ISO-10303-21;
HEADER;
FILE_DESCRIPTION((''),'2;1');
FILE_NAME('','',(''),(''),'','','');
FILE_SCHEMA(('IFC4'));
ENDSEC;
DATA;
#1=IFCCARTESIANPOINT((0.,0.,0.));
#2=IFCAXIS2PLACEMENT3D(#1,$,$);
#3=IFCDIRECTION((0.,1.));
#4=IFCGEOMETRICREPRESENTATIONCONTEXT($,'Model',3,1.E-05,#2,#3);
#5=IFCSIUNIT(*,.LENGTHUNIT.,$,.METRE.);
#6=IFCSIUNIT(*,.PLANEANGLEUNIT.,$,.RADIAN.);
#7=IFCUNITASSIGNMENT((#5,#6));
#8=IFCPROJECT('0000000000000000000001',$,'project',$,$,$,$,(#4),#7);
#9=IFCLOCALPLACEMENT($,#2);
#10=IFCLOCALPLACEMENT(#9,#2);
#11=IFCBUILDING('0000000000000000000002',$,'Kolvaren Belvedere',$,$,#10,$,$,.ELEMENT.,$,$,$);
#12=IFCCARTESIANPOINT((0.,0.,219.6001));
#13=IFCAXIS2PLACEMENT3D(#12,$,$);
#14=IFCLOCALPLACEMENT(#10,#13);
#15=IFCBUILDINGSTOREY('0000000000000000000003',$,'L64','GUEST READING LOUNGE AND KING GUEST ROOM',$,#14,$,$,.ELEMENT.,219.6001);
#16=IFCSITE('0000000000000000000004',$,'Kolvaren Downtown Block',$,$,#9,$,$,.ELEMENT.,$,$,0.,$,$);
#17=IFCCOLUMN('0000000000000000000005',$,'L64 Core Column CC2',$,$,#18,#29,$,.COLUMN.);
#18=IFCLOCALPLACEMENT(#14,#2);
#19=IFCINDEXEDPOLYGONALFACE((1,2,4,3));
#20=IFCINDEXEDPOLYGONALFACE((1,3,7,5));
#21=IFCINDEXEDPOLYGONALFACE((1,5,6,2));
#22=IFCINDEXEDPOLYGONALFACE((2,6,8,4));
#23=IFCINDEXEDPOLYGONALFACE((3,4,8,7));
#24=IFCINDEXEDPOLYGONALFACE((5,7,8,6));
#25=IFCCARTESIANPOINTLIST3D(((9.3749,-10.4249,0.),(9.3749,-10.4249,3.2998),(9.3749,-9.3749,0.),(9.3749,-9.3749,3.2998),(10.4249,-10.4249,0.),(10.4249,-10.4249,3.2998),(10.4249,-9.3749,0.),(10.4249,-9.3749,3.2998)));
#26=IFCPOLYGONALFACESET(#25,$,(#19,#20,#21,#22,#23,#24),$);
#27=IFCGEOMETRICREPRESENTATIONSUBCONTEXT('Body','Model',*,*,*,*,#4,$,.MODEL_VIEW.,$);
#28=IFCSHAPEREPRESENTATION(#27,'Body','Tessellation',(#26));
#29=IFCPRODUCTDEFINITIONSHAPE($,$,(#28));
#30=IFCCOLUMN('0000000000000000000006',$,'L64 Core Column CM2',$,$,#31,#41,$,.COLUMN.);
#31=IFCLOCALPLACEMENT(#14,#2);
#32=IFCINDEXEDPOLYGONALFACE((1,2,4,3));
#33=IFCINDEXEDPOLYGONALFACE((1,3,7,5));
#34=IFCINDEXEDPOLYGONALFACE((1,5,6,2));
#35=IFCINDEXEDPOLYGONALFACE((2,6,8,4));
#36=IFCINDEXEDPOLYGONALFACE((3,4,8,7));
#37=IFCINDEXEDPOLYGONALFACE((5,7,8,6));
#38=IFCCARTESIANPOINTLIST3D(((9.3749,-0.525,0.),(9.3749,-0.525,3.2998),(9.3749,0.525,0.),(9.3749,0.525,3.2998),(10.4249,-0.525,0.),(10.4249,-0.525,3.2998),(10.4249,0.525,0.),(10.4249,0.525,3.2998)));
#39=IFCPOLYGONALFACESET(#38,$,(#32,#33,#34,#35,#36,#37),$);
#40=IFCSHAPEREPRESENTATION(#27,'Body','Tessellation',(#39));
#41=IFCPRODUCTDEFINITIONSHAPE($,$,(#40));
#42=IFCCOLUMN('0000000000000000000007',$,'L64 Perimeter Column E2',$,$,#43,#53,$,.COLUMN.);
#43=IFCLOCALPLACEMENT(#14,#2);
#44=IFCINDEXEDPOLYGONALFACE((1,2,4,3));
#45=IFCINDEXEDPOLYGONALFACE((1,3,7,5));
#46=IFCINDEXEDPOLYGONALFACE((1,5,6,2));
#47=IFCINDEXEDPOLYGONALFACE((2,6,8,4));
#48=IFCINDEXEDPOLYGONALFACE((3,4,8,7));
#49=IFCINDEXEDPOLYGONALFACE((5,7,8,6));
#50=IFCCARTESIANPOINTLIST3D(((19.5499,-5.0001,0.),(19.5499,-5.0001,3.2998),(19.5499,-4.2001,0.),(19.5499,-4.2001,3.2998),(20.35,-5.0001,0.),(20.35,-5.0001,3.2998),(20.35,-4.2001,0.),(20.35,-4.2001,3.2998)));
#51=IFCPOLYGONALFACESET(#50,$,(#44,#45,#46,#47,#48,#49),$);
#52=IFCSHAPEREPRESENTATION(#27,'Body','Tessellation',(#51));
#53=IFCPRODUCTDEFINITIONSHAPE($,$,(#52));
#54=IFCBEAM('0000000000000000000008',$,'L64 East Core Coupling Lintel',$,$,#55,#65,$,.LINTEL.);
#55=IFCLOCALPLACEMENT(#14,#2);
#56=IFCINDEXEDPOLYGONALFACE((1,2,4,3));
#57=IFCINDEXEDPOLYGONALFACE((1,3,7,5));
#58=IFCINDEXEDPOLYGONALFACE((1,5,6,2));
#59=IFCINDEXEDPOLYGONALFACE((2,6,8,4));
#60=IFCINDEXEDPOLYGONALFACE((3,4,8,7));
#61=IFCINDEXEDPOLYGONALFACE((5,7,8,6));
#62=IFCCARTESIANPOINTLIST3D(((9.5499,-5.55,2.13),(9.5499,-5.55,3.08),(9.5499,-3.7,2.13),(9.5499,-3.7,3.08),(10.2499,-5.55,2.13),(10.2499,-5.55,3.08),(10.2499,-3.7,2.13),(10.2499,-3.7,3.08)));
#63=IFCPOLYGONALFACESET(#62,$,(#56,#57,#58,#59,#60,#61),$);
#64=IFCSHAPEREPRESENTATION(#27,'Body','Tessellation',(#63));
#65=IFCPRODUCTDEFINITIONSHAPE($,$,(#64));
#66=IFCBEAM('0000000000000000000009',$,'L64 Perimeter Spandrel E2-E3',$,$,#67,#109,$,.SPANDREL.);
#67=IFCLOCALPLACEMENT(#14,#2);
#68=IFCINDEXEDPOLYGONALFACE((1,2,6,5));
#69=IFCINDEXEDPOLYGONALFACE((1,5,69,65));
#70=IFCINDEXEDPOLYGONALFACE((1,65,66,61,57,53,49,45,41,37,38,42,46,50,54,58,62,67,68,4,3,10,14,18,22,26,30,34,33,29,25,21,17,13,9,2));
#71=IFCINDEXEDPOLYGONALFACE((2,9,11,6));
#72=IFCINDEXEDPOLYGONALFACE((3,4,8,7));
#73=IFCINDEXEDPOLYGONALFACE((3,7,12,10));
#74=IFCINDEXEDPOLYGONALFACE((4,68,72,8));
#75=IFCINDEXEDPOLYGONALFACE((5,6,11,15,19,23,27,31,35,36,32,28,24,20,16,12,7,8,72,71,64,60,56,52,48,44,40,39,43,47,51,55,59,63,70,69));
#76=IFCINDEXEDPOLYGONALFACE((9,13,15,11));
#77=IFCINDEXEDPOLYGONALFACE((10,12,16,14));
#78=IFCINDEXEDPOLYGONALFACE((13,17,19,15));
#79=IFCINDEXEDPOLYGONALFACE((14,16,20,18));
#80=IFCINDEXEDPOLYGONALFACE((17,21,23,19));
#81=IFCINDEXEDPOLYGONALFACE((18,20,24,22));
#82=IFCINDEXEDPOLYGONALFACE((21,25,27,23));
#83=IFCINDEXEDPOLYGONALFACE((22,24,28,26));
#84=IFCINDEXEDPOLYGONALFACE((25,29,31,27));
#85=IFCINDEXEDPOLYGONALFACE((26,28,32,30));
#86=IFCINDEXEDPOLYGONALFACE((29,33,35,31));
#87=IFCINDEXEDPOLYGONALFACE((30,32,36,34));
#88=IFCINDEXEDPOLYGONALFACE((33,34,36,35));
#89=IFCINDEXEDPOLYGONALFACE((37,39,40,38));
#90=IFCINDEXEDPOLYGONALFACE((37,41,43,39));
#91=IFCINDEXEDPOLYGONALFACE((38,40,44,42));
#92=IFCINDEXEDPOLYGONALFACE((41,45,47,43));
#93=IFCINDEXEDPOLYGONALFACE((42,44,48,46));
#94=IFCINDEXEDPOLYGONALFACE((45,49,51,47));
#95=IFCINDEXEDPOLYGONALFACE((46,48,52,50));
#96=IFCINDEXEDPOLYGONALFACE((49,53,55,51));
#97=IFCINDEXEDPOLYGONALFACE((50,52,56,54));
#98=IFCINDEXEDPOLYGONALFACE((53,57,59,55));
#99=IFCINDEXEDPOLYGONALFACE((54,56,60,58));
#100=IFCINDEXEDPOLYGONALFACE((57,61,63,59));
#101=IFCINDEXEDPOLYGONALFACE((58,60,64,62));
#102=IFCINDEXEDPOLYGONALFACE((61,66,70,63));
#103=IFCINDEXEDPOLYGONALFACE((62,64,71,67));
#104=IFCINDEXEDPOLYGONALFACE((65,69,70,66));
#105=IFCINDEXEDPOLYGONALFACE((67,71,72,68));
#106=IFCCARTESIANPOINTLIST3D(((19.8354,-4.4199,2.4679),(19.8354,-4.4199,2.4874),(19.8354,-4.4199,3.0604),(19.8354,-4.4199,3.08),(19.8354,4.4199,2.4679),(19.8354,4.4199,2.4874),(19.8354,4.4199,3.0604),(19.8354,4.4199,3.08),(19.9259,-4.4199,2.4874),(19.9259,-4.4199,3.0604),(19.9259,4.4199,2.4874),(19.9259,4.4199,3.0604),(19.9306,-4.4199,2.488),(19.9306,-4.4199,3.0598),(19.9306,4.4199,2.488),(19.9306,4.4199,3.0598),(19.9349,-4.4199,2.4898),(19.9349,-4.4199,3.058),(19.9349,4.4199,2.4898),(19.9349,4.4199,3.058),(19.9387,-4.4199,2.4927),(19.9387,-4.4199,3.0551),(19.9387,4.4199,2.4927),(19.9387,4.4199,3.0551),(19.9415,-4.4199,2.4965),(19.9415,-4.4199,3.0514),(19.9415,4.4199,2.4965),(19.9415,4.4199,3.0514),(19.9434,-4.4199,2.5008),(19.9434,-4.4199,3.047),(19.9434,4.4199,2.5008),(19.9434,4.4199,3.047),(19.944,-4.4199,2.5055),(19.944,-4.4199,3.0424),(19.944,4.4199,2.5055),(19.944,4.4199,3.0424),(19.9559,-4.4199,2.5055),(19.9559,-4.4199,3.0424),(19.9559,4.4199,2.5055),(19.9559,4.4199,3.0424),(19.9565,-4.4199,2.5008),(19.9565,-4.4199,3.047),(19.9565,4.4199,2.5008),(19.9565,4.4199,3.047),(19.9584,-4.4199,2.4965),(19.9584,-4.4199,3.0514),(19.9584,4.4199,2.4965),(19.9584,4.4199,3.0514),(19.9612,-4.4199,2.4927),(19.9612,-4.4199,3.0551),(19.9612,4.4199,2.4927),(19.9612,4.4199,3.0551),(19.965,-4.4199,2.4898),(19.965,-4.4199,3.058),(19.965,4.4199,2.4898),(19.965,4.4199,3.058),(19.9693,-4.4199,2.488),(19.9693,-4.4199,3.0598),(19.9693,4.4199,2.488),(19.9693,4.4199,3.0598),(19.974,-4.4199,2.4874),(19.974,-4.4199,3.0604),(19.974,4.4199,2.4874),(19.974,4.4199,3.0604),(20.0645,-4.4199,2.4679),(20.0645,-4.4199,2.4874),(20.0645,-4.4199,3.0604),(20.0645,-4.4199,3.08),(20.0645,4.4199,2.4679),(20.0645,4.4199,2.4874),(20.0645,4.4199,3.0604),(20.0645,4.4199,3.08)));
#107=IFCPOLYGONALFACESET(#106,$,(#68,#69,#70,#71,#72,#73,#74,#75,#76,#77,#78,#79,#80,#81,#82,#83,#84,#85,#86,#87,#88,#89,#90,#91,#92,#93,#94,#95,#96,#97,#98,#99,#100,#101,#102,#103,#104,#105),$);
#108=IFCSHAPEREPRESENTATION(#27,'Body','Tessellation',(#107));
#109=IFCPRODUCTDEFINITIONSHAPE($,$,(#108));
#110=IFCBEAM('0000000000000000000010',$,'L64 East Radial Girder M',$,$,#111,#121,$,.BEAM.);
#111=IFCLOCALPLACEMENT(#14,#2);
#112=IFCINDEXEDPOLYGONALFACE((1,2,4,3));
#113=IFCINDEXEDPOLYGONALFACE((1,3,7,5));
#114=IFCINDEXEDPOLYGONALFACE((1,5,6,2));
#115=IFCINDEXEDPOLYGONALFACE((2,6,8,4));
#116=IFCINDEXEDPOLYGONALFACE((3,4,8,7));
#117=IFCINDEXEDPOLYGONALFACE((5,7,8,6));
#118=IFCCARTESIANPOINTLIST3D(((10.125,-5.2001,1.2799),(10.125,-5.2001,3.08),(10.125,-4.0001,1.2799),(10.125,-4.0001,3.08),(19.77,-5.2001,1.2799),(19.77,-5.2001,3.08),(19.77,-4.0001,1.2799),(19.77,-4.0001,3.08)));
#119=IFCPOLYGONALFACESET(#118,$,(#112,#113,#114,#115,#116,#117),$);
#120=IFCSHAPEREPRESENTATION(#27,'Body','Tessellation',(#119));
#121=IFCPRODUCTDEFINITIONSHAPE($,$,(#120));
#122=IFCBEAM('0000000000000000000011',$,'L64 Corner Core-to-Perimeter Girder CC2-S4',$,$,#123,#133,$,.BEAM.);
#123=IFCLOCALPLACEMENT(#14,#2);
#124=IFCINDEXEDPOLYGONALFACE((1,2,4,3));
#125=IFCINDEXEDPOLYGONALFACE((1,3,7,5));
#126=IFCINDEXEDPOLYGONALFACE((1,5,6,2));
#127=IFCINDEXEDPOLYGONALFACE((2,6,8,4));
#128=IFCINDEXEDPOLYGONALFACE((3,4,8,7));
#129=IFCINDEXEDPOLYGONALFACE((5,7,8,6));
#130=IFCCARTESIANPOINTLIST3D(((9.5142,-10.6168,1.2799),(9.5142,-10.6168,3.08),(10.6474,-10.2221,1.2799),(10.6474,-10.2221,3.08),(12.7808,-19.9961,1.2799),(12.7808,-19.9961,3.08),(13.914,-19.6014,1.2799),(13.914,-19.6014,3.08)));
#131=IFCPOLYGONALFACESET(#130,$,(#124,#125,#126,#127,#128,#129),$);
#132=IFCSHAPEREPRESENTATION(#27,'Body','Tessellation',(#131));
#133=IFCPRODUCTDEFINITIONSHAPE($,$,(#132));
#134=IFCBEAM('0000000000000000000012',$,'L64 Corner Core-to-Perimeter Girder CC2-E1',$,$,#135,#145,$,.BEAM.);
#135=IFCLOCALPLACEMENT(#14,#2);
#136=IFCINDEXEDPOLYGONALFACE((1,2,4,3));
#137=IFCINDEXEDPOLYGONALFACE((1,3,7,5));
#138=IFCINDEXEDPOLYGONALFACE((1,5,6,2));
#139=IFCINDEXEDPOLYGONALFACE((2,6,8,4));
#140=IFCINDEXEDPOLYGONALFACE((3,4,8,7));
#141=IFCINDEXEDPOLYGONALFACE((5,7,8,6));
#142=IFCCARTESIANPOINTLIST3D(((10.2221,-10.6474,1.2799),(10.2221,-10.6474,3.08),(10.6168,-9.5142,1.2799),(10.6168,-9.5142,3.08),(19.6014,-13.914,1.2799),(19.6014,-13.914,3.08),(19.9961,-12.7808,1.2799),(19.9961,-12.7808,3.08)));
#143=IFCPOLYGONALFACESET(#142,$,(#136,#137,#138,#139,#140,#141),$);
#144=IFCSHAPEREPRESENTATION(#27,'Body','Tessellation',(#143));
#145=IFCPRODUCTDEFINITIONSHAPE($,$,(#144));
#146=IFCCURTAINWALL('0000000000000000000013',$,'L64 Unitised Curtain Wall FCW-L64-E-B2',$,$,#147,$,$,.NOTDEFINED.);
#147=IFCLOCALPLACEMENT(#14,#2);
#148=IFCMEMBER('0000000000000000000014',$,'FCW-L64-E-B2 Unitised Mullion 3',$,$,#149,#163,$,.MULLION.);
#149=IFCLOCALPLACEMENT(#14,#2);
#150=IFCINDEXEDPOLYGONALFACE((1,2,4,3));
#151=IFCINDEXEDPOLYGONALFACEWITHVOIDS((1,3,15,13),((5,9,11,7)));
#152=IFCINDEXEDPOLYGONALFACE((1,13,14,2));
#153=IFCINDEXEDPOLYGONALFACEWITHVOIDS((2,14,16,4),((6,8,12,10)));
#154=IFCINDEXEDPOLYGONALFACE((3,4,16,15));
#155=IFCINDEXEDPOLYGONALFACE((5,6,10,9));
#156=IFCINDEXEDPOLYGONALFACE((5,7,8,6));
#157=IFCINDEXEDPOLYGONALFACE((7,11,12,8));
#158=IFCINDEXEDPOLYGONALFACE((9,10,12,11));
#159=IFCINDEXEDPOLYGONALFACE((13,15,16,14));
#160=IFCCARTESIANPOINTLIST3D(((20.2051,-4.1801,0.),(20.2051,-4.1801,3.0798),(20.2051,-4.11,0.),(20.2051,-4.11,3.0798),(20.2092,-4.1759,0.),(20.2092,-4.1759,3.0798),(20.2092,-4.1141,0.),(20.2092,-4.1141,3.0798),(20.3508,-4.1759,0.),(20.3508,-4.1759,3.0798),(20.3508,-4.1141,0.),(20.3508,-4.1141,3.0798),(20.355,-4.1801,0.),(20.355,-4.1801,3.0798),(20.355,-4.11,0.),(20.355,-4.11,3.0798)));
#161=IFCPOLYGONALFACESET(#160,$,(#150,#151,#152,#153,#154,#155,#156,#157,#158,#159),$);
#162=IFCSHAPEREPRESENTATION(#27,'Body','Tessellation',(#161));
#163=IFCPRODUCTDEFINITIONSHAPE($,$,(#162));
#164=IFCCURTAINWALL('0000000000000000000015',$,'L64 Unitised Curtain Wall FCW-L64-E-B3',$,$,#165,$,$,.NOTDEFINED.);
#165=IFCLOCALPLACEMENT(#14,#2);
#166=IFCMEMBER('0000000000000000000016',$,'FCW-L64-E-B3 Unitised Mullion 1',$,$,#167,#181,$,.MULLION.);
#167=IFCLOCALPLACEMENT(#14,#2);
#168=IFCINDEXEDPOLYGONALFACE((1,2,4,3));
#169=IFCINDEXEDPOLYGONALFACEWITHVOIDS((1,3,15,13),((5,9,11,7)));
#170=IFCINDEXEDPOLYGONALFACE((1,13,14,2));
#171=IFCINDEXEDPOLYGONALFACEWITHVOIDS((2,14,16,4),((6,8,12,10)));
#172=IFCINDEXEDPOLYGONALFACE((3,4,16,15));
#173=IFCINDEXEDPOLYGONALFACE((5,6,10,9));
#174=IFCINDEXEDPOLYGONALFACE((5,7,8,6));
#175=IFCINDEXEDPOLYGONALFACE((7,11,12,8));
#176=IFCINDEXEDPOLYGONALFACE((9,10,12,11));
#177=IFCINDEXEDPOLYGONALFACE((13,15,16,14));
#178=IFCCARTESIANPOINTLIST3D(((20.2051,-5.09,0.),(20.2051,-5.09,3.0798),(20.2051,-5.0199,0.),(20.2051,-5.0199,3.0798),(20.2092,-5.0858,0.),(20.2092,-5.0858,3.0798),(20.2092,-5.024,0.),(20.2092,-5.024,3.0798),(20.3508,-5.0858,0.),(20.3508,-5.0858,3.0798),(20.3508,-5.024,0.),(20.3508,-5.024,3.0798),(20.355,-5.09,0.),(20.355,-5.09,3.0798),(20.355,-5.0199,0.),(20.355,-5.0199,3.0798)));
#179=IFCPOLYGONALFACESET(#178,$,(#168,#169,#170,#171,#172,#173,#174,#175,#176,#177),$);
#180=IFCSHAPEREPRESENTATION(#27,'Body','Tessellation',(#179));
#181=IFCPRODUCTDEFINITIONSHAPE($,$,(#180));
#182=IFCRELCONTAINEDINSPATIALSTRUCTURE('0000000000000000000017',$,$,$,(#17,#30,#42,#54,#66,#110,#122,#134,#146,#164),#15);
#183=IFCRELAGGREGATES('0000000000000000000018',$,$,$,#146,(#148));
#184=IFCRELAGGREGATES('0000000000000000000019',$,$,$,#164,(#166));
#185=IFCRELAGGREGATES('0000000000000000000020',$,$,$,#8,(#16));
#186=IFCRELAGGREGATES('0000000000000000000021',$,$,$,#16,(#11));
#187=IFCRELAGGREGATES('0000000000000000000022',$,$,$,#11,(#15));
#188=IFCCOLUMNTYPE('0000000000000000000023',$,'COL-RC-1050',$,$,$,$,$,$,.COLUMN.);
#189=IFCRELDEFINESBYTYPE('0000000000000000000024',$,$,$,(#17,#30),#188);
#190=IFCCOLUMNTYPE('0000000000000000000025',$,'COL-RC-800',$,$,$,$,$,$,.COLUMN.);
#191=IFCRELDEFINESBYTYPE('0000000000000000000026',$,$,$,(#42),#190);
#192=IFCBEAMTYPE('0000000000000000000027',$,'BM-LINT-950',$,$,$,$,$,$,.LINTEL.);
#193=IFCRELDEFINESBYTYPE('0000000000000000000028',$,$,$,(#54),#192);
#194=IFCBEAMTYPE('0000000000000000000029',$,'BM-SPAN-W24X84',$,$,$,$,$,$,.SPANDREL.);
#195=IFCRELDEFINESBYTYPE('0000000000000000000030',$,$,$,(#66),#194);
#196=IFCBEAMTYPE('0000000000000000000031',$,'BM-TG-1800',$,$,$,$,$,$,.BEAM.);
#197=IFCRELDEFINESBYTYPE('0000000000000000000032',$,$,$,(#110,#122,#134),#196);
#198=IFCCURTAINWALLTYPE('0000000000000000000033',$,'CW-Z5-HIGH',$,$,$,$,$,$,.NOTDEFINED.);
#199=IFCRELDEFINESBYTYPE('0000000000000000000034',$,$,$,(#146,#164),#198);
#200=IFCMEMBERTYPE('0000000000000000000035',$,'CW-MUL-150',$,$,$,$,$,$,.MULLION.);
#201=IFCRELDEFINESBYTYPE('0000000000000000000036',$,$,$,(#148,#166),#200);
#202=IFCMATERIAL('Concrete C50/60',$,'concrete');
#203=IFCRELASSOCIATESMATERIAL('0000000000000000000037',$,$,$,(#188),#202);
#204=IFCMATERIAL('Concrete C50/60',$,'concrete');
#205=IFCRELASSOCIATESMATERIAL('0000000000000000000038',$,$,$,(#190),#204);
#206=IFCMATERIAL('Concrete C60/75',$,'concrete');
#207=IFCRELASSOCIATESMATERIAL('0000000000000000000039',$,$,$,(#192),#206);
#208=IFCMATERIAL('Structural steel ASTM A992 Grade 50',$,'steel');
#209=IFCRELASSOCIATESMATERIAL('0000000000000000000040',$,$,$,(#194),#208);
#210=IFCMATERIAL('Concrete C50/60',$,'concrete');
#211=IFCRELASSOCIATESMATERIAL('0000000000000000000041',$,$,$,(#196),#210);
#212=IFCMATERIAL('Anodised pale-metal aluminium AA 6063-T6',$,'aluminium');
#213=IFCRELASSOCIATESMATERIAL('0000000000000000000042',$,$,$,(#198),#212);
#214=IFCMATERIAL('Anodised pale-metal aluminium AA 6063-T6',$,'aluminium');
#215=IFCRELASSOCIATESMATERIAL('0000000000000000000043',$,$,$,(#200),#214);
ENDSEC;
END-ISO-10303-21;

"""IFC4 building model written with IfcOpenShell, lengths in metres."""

from ifc_helpers import new_model, si_unit, direction, frame, origin, origin_2d, place, context, subcontext, project, spatial, rectangle, hollow_rectangle, i_section, extrude, material, material_profile, profile_set, type_object, element, aggregate, save


model = new_model("IFC4")

# Units and contexts
model_context = context("Model", 3, precision=1e-05, world=origin(), true_north=direction((0.0, 1.0)))
body_context = subcontext(model_context, "Body", "Model", "MODEL_VIEW")
ifc_project = project(units=[si_unit("LENGTHUNIT", "METRE"), si_unit("PLANEANGLEUNIT", "RADIAN")], contexts=[model_context])

# Site, building, storey
site_placement = place(None, origin())
site = spatial("IfcSite", under=ifc_project, at=site_placement, Name="Kolvaren Downtown Block", CompositionType="ELEMENT", RefElevation=0.0)
building_placement = place(site_placement, origin())
building = spatial("IfcBuilding", under=site, at=building_placement, Name="Kolvaren Belvedere", CompositionType="ELEMENT")
storey_placement = place(building_placement, frame((0.0, 0.0, 219.6001)))
storey = spatial("IfcBuildingStorey", under=building, at=storey_placement, Name="L64", Description="GUEST READING LOUNGE AND KING GUEST ROOM", CompositionType="ELEMENT", Elevation=219.6001)

# Columns
ifc_material_1 = material(Name="Concrete C50/60", Category="concrete")
ifc_material_profile_1 = material_profile(ifc_material_1, rectangle(XDim=1.05, YDim=1.05, at=origin_2d()), Name="RC 1050X1050")
ifc_profile_set_1 = profile_set([ifc_material_profile_1], Name="Concrete C50/60")
column_type_1 = type_object("IfcColumnType", Name="COL-RC-1050", PredefinedType="COLUMN", material=ifc_profile_set_1)
for number, where, z_axis, x_axis, name in (
    (1, (9.8999, -9.8999, 0.0), (0.0, 0.0, 1.0), (1.0, 0.0, 0.0), "L64 Core Column CC2"),
    (2, (9.8999, 0.0, 0.0), (0.0, 0.0, 1.0), (1.0, 0.0, 0.0), "L64 Core Column CM2"),
):
    element("IfcColumn", number, at=place(storey_placement, frame(where, z_axis=z_axis, x_axis=x_axis)), inside=storey, type_object=column_type_1, Name=name, PredefinedType="COLUMN", context=body_context, shape_type="SweptSolid", body=[
        extrude(rectangle(XDim=1.05, YDim=1.05, at=origin_2d()), origin(), (0.0, 0.0, 1.0), 3.2998),
    ])
ifc_material_2 = material(Name="Concrete C50/60", Category="concrete")
ifc_material_profile_2 = material_profile(ifc_material_2, rectangle(XDim=0.8, YDim=0.8, at=origin_2d()), Name="RC 800X800")
ifc_profile_set_2 = profile_set([ifc_material_profile_2], Name="Concrete C50/60")
column_type_2 = type_object("IfcColumnType", Name="COL-RC-800", PredefinedType="COLUMN", material=ifc_profile_set_2)
column_placement = place(storey_placement, frame((19.95, -4.6001, 0.0), z_axis=(0.0, 0.0, 1.0), x_axis=(1.0, 0.0, 0.0)))
element("IfcColumn", 3, at=column_placement, inside=storey, type_object=column_type_2, Name="L64 Perimeter Column E2", PredefinedType="COLUMN", context=body_context, shape_type="SweptSolid", body=[
    extrude(rectangle(XDim=0.8, YDim=0.8, at=origin_2d()), origin(), (0.0, 0.0, 1.0), 3.2998),
])

# Beams
ifc_material_3 = material(Name="Concrete C60/75", Category="concrete")
ifc_material_profile_3 = material_profile(ifc_material_3, rectangle(XDim=0.7, YDim=0.95, at=origin_2d()), Name="RC 700X950")
ifc_profile_set_3 = profile_set([ifc_material_profile_3], Name="Concrete C60/75")
beam_type_1 = type_object("IfcBeamType", Name="BM-LINT-950", PredefinedType="LINTEL", material=ifc_profile_set_3)
beam_1_placement = place(storey_placement, frame((9.8999, -5.55, 2.605), z_axis=(0.0, 1.0, 0.0), x_axis=(-1.0, 0.0, 0.0)))
element("IfcBeam", 4, at=beam_1_placement, inside=storey, type_object=beam_type_1, Name="L64 East Core Coupling Lintel", PredefinedType="LINTEL", context=body_context, shape_type="SweptSolid", body=[
    extrude(rectangle(XDim=0.7, YDim=0.95, at=origin_2d()), origin(), (0.0, 0.0, 1.0), 1.8501),
])
ifc_material_4 = material(Name="Structural steel ASTM A992 Grade 50", Category="steel")
ifc_material_profile_4 = material_profile(ifc_material_4, i_section(OverallWidth=0.229, OverallDepth=0.6121, WebThickness=0.012, FlangeThickness=0.0195, FilletRadius=0.0181, at=origin_2d()), Name="W24X84")
ifc_profile_set_4 = profile_set([ifc_material_profile_4], Name="Structural steel ASTM A992 Grade 50")
beam_type_2 = type_object("IfcBeamType", Name="BM-SPAN-W24X84", PredefinedType="SPANDREL", material=ifc_profile_set_4)
beam_2_placement = place(storey_placement, frame((19.95, -4.4199, 2.7739), z_axis=(0.0, 1.0, 0.0), x_axis=(-1.0, 0.0, 0.0)))
element("IfcBeam", 5, at=beam_2_placement, inside=storey, type_object=beam_type_2, Name="L64 Perimeter Spandrel E2-E3", PredefinedType="SPANDREL", context=body_context, shape_type="SweptSolid", body=[
    extrude(i_section(OverallWidth=0.229, OverallDepth=0.6121, WebThickness=0.012, FlangeThickness=0.0195, FilletRadius=0.0181, at=origin_2d()), origin(), (0.0, 0.0, 1.0), 8.8398),
])
ifc_material_5 = material(Name="Concrete C50/60", Category="concrete")
ifc_material_profile_5 = material_profile(ifc_material_5, rectangle(XDim=1.2, YDim=1.8, at=origin_2d()), Name="RC 1200X1800")
ifc_profile_set_5 = profile_set([ifc_material_profile_5], Name="Concrete C50/60")
beam_type_3 = type_object("IfcBeamType", Name="BM-TG-1800", PredefinedType="BEAM", material=ifc_profile_set_5)
beam_3_placement = place(storey_placement, frame((10.125, -4.6001, 2.1799), z_axis=(1.0, 0.0, 0.0), x_axis=(0.0, 1.0, 0.0)))
element("IfcBeam", 6, at=beam_3_placement, inside=storey, type_object=beam_type_3, Name="L64 East Radial Girder M", PredefinedType="BEAM", context=body_context, shape_type="SweptSolid", body=[
    extrude(rectangle(XDim=1.2, YDim=1.8, at=origin_2d()), origin(), (0.0, 0.0, 1.0), 9.645),
])
for number, where, z_axis, x_axis, name in (
    (7, (10.0808, -10.4194, 2.1799), (0.328898, -0.944365, 0.0), (0.944365, 0.328898, 0.0), "L64 Corner Core-to-Perimeter Girder CC2-S4"),
    (8, (10.4194, -10.0808, 2.1799), (0.944365, -0.328898, 0.0), (0.328898, 0.944365, 0.0), "L64 Corner Core-to-Perimeter Girder CC2-E1"),
):
    element("IfcBeam", number, at=place(storey_placement, frame(where, z_axis=z_axis, x_axis=x_axis)), inside=storey, type_object=beam_type_3, Name=name, PredefinedType="BEAM", context=body_context, shape_type="SweptSolid", body=[
        extrude(rectangle(XDim=1.2, YDim=1.8, at=origin_2d()), origin(), (0.0, 0.0, 1.0), 9.9319),
    ])

# Curtain wall, member
ifc_material_6 = material(Name="Anodised pale-metal aluminium AA 6063-T6", Category="aluminium")
curtain_wall_type = type_object("IfcCurtainWallType", Name="CW-Z5-HIGH", PredefinedType="NOTDEFINED", material=ifc_material_6)
curtain_wall_1_placement = place(storey_placement, origin())
curtain_wall_1 = element("IfcCurtainWall", 9, at=curtain_wall_1_placement, inside=storey, type_object=curtain_wall_type, Name="L64 Unitised Curtain Wall FCW-L64-E-B2", PredefinedType="NOTDEFINED")
ifc_material_7 = material(Name="Anodised pale-metal aluminium AA 6063-T6", Category="aluminium")
ifc_material_profile_6 = material_profile(ifc_material_7, hollow_rectangle(XDim=0.0701, YDim=0.1499, WallThickness=0.0042, at=origin_2d()), Name="ALU-MUL-150X70")
ifc_profile_set_6 = profile_set([ifc_material_profile_6], Name="Anodised pale-metal aluminium AA 6063-T6")
member_type_1 = type_object("IfcMemberType", Name="CW-MUL-150", PredefinedType="MULLION", material=ifc_profile_set_6)
member_1_placement = place(storey_placement, frame((20.28, -4.145, 0.0), z_axis=(0.0, 0.0, 1.0), x_axis=(0.0, 1.0, 0.0)))
member_1 = element("IfcMember", 10, at=member_1_placement, type_object=member_type_1, Name="FCW-L64-E-B2 Unitised Mullion 3", PredefinedType="MULLION", context=body_context, shape_type="SweptSolid", body=[
    extrude(hollow_rectangle(XDim=0.0701, YDim=0.1499, WallThickness=0.0042, at=origin_2d()), origin(), (0.0, 0.0, 1.0), 3.0798),
])

# Curtain wall, member
curtain_wall_2_placement = place(storey_placement, origin())
curtain_wall_2 = element("IfcCurtainWall", 11, at=curtain_wall_2_placement, inside=storey, type_object=curtain_wall_type, Name="L64 Unitised Curtain Wall FCW-L64-E-B3", PredefinedType="NOTDEFINED")
member_2_placement = place(storey_placement, frame((20.28, -5.0549, 0.0), z_axis=(0.0, 0.0, 1.0), x_axis=(0.0, 1.0, 0.0)))
member_2 = element("IfcMember", 12, at=member_2_placement, type_object=member_type_1, Name="FCW-L64-E-B3 Unitised Mullion 1", PredefinedType="MULLION", context=body_context, shape_type="SweptSolid", body=[
    extrude(hollow_rectangle(XDim=0.0701, YDim=0.1499, WallThickness=0.0042, at=origin_2d()), origin(), (0.0, 0.0, 1.0), 3.0798),
])

aggregate(curtain_wall_1, [member_1])
aggregate(curtain_wall_2, [member_2])

save(model, "model.ifc")
